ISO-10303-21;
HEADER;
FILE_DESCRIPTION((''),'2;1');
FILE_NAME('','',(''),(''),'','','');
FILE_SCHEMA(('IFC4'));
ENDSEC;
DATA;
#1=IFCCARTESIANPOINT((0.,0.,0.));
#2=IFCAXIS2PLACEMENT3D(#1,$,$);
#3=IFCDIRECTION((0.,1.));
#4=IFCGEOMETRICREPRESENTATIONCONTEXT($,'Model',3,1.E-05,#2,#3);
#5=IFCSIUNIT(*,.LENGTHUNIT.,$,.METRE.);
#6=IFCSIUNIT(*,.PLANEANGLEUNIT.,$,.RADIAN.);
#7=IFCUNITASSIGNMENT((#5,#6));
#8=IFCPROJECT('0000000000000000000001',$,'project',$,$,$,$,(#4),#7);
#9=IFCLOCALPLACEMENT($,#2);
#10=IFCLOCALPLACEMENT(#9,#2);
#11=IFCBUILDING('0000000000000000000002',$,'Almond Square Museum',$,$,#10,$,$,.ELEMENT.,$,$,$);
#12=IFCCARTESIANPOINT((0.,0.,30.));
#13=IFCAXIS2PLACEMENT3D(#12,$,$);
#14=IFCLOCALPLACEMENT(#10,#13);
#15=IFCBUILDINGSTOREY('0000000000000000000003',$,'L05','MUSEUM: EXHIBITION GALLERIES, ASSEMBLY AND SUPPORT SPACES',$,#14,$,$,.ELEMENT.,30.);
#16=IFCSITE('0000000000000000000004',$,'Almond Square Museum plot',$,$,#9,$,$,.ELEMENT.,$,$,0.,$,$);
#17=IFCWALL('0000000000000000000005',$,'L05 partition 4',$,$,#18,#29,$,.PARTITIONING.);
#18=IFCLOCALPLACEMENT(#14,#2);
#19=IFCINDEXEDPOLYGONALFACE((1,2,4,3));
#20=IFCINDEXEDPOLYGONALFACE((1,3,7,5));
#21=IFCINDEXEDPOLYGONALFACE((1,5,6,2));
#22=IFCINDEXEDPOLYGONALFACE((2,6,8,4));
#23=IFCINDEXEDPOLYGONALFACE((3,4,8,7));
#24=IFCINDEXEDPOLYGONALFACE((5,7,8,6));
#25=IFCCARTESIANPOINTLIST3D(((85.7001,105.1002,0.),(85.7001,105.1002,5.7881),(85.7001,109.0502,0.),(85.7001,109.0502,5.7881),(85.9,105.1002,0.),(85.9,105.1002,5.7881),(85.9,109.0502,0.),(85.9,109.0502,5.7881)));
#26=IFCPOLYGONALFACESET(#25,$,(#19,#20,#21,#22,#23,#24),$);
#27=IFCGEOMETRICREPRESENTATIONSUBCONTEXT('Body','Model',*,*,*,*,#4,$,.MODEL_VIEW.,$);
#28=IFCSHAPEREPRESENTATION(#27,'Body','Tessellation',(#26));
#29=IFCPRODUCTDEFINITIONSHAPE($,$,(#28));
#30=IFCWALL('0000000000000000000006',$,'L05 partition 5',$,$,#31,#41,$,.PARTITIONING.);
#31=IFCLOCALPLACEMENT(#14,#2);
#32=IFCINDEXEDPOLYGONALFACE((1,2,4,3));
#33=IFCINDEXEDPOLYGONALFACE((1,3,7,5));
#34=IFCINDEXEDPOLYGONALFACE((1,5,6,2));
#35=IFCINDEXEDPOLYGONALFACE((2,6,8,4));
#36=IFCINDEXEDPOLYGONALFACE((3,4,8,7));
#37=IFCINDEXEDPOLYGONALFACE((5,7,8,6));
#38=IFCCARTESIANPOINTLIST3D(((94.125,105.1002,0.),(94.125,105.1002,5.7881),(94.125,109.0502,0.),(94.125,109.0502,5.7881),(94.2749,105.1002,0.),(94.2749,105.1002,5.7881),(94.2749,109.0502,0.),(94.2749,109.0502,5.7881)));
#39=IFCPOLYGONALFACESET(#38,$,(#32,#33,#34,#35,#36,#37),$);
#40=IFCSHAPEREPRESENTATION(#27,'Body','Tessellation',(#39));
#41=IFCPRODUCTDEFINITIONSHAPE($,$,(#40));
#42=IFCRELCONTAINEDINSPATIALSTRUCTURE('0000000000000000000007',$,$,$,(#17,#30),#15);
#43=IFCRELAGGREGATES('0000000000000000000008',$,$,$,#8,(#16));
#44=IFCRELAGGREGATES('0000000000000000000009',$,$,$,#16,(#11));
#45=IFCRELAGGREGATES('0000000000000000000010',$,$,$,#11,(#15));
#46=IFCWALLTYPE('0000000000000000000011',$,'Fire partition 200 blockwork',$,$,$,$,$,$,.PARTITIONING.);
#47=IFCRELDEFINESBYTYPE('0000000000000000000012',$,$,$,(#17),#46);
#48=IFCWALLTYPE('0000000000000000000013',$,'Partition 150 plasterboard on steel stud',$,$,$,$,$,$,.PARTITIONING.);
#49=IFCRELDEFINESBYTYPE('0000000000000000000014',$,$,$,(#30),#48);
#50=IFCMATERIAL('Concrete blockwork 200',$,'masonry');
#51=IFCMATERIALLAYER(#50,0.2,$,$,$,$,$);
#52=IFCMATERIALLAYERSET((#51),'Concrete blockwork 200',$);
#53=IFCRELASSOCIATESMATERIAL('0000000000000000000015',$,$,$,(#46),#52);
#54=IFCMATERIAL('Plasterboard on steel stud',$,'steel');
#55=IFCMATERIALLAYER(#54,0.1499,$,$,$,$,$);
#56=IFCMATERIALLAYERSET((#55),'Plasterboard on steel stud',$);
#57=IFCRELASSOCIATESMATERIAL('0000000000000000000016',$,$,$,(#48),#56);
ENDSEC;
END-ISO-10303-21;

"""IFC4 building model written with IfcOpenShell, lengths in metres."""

from ifc_helpers import new_model, si_unit, direction, frame, frame_2d, origin, place, context, subcontext, project, spatial, rectangle, extrude, material, layer, layer_set, type_object, element, save


model = new_model("IFC4")

# Units and contexts
model_context = context("Model", 3, precision=1e-05, world=origin(), true_north=direction((0.0, 1.0)))
body_context = subcontext(model_context, "Body", "Model", "MODEL_VIEW")
ifc_project = project(units=[si_unit("LENGTHUNIT", "METRE"), si_unit("PLANEANGLEUNIT", "RADIAN")], contexts=[model_context])

# Site, building, storey
site_placement = place(None, origin())
site = spatial("IfcSite", under=ifc_project, at=site_placement, Name="Almond Square Museum plot", CompositionType="ELEMENT", RefElevation=0.0)
building_placement = place(site_placement, origin())
building = spatial("IfcBuilding", under=site, at=building_placement, Name="Almond Square Museum", CompositionType="ELEMENT")
storey_placement = place(building_placement, frame((0.0, 0.0, 30.0)))
storey = spatial("IfcBuildingStorey", under=building, at=storey_placement, Name="L05", Description="MUSEUM: EXHIBITION GALLERIES, ASSEMBLY AND SUPPORT SPACES", CompositionType="ELEMENT", Elevation=30.0)

# Shared definitions
ifc_material_1 = material(Name="Concrete blockwork 200", Category="masonry")
ifc_layer_1 = layer(ifc_material_1, 0.2)
ifc_layer_set_1 = layer_set([ifc_layer_1], Name="Concrete blockwork 200")
wall_type_1 = type_object("IfcWallType", Name="Fire partition 200 blockwork", PredefinedType="PARTITIONING", material=ifc_layer_set_1)

# Walls
wall_1_placement = place(storey_placement, frame((85.8, 105.1001, 0.0), z_axis=(0.0, 0.0, 1.0), x_axis=(0.0, 1.0, 0.0)))
element("IfcWall", 1, at=wall_1_placement, inside=storey, type_object=wall_type_1, Name="L05 partition 4", PredefinedType="PARTITIONING", context=body_context, shape_type="SweptSolid", body=[
    extrude(rectangle(XDim=3.95, YDim=0.2, at=frame_2d((1.9751, 0.0))), origin(), (0.0, 0.0, 1.0), 5.7881),
])
ifc_material_2 = material(Name="Plasterboard on steel stud", Category="steel")
ifc_layer_2 = layer(ifc_material_2, 0.1499)
ifc_layer_set_2 = layer_set([ifc_layer_2], Name="Plasterboard on steel stud")
wall_type_2 = type_object("IfcWallType", Name="Partition 150 plasterboard on steel stud", PredefinedType="PARTITIONING", material=ifc_layer_set_2)
wall_2_placement = place(storey_placement, frame((94.2, 105.1001, 0.0), z_axis=(0.0, 0.0, 1.0), x_axis=(0.0, 1.0, 0.0)))
element("IfcWall", 2, at=wall_2_placement, inside=storey, type_object=wall_type_2, Name="L05 partition 5", PredefinedType="PARTITIONING", context=body_context, shape_type="SweptSolid", body=[
    extrude(rectangle(XDim=3.95, YDim=0.1499, at=frame_2d((1.9751, 0.0))), origin(), (0.0, 0.0, 1.0), 5.7881),
])

save(model, "model.ifc")
